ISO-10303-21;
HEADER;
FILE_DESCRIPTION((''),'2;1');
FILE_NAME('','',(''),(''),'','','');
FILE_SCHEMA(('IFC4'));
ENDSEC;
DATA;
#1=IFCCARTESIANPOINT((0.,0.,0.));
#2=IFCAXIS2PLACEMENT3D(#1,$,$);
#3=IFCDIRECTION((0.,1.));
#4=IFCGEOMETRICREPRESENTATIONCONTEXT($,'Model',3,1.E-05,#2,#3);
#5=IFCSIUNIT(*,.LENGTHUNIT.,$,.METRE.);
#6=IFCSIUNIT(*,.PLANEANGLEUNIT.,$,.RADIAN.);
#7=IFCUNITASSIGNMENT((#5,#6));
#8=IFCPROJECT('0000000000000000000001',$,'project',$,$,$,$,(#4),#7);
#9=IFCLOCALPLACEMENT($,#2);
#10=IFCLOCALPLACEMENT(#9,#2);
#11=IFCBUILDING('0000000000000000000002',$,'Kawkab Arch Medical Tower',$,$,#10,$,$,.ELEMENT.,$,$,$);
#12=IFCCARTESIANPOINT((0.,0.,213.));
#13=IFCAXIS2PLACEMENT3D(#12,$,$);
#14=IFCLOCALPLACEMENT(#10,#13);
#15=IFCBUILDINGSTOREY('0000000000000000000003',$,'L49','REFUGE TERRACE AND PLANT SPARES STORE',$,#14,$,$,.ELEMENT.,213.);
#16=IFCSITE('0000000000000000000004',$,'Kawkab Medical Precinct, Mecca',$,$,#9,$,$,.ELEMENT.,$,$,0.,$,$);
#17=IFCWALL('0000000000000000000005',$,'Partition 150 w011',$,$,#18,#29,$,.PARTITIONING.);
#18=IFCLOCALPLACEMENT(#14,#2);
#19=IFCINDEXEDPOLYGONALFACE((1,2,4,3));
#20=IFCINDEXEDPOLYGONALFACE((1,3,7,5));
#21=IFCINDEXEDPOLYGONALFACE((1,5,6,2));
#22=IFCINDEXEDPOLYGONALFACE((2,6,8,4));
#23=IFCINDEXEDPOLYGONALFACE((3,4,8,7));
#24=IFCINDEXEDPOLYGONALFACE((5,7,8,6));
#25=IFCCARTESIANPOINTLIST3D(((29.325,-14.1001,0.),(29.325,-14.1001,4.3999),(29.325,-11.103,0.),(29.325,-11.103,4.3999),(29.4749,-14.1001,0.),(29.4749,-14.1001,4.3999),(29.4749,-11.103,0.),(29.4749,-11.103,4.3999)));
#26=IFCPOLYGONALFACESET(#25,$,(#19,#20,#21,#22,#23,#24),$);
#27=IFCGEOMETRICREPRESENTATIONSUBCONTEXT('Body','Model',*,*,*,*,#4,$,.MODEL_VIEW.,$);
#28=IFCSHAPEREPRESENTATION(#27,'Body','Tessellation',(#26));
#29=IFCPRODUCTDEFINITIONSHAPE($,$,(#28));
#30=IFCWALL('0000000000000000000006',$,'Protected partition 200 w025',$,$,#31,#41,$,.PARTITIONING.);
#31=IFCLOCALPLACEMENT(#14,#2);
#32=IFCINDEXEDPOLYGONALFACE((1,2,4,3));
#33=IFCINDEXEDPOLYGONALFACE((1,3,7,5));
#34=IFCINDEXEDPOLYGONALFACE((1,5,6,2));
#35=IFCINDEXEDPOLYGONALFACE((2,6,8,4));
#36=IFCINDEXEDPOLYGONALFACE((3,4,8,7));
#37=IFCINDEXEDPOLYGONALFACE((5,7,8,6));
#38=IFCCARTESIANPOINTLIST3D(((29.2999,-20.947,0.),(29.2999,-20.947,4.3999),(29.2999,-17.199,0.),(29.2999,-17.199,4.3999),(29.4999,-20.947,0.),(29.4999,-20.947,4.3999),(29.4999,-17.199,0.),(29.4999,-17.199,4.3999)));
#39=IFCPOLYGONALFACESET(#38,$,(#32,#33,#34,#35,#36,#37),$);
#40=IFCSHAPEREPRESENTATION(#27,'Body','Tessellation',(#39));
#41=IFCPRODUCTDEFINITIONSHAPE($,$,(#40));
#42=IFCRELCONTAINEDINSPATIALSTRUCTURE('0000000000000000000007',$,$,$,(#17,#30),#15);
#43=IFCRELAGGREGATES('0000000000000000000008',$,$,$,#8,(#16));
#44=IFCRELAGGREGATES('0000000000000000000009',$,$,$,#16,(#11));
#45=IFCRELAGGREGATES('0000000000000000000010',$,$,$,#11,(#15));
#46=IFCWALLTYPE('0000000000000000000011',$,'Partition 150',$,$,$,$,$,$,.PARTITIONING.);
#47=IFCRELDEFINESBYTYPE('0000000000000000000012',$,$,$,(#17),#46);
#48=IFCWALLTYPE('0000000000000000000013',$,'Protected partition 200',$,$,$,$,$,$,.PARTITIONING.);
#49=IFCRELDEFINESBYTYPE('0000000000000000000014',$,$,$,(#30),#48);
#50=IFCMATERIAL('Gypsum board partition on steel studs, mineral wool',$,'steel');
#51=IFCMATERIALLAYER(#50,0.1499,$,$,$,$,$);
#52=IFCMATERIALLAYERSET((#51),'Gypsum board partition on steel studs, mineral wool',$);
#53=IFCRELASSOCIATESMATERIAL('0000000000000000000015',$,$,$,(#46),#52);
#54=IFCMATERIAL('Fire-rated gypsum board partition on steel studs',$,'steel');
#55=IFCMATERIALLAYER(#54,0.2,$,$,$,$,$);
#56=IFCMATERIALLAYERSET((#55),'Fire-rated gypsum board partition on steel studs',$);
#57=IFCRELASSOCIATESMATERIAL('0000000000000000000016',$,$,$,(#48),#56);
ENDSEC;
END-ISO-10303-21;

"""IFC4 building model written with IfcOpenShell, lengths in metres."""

from ifc_helpers import new_model, si_unit, direction, frame, frame_2d, origin, place, context, subcontext, project, spatial, rectangle, extrude, material, layer, layer_set, type_object, element, save


model = new_model("IFC4")

# Units and contexts
model_context = context("Model", 3, precision=1e-05, world=origin(), true_north=direction((0.0, 1.0)))
body_context = subcontext(model_context, "Body", "Model", "MODEL_VIEW")
ifc_project = project(units=[si_unit("LENGTHUNIT", "METRE"), si_unit("PLANEANGLEUNIT", "RADIAN")], contexts=[model_context])

# Site, building, storey
site_placement = place(None, origin())
site = spatial("IfcSite", under=ifc_project, at=site_placement, Name="Kawkab Medical Precinct, Mecca", CompositionType="ELEMENT", RefElevation=0.0)
building_placement = place(site_placement, origin())
building = spatial("IfcBuilding", under=site, at=building_placement, Name="Kawkab Arch Medical Tower", CompositionType="ELEMENT")
storey_placement = place(building_placement, frame((0.0, 0.0, 213.0)))
storey = spatial("IfcBuildingStorey", under=building, at=storey_placement, Name="L49", Description="REFUGE TERRACE AND PLANT SPARES STORE", CompositionType="ELEMENT", Elevation=213.0)

# Shared definitions
ifc_material_1 = material(Name="Gypsum board partition on steel studs, mineral wool", Category="steel")
ifc_layer_1 = layer(ifc_material_1, 0.1499)
ifc_layer_set_1 = layer_set([ifc_layer_1], Name="Gypsum board partition on steel studs, mineral wool")
wall_type_1 = type_object("IfcWallType", Name="Partition 150", PredefinedType="PARTITIONING", material=ifc_layer_set_1)

# Walls
wall_1_placement = place(storey_placement, frame((29.3999, -14.1001, 0.0), z_axis=(0.0, 0.0, 1.0), x_axis=(0.0, 1.0, 0.0)))
element("IfcWall", 1, at=wall_1_placement, inside=storey, type_object=wall_type_1, Name="Partition 150 w011", PredefinedType="PARTITIONING", context=body_context, shape_type="SweptSolid", body=[
    extrude(rectangle(XDim=2.9971, YDim=0.1499, at=frame_2d((1.4985, 0.0))), origin(), (0.0, 0.0, 1.0), 4.3999),
])
ifc_material_2 = material(Name="Fire-rated gypsum board partition on steel studs", Category="steel")
ifc_layer_2 = layer(ifc_material_2, 0.2)
ifc_layer_set_2 = layer_set([ifc_layer_2], Name="Fire-rated gypsum board partition on steel studs")
wall_type_2 = type_object("IfcWallType", Name="Protected partition 200", PredefinedType="PARTITIONING", material=ifc_layer_set_2)
wall_2_placement = place(storey_placement, frame((29.3999, -20.947, 0.0), z_axis=(0.0, 0.0, 1.0), x_axis=(0.0, 1.0, 0.0)))
element("IfcWall", 2, at=wall_2_placement, inside=storey, type_object=wall_type_2, Name="Protected partition 200 w025", PredefinedType="PARTITIONING", context=body_context, shape_type="SweptSolid", body=[
    extrude(rectangle(XDim=3.748, YDim=0.2, at=frame_2d((1.874, 0.0))), origin(), (0.0, 0.0, 1.0), 4.3999),
])

save(model, "model.ifc")
